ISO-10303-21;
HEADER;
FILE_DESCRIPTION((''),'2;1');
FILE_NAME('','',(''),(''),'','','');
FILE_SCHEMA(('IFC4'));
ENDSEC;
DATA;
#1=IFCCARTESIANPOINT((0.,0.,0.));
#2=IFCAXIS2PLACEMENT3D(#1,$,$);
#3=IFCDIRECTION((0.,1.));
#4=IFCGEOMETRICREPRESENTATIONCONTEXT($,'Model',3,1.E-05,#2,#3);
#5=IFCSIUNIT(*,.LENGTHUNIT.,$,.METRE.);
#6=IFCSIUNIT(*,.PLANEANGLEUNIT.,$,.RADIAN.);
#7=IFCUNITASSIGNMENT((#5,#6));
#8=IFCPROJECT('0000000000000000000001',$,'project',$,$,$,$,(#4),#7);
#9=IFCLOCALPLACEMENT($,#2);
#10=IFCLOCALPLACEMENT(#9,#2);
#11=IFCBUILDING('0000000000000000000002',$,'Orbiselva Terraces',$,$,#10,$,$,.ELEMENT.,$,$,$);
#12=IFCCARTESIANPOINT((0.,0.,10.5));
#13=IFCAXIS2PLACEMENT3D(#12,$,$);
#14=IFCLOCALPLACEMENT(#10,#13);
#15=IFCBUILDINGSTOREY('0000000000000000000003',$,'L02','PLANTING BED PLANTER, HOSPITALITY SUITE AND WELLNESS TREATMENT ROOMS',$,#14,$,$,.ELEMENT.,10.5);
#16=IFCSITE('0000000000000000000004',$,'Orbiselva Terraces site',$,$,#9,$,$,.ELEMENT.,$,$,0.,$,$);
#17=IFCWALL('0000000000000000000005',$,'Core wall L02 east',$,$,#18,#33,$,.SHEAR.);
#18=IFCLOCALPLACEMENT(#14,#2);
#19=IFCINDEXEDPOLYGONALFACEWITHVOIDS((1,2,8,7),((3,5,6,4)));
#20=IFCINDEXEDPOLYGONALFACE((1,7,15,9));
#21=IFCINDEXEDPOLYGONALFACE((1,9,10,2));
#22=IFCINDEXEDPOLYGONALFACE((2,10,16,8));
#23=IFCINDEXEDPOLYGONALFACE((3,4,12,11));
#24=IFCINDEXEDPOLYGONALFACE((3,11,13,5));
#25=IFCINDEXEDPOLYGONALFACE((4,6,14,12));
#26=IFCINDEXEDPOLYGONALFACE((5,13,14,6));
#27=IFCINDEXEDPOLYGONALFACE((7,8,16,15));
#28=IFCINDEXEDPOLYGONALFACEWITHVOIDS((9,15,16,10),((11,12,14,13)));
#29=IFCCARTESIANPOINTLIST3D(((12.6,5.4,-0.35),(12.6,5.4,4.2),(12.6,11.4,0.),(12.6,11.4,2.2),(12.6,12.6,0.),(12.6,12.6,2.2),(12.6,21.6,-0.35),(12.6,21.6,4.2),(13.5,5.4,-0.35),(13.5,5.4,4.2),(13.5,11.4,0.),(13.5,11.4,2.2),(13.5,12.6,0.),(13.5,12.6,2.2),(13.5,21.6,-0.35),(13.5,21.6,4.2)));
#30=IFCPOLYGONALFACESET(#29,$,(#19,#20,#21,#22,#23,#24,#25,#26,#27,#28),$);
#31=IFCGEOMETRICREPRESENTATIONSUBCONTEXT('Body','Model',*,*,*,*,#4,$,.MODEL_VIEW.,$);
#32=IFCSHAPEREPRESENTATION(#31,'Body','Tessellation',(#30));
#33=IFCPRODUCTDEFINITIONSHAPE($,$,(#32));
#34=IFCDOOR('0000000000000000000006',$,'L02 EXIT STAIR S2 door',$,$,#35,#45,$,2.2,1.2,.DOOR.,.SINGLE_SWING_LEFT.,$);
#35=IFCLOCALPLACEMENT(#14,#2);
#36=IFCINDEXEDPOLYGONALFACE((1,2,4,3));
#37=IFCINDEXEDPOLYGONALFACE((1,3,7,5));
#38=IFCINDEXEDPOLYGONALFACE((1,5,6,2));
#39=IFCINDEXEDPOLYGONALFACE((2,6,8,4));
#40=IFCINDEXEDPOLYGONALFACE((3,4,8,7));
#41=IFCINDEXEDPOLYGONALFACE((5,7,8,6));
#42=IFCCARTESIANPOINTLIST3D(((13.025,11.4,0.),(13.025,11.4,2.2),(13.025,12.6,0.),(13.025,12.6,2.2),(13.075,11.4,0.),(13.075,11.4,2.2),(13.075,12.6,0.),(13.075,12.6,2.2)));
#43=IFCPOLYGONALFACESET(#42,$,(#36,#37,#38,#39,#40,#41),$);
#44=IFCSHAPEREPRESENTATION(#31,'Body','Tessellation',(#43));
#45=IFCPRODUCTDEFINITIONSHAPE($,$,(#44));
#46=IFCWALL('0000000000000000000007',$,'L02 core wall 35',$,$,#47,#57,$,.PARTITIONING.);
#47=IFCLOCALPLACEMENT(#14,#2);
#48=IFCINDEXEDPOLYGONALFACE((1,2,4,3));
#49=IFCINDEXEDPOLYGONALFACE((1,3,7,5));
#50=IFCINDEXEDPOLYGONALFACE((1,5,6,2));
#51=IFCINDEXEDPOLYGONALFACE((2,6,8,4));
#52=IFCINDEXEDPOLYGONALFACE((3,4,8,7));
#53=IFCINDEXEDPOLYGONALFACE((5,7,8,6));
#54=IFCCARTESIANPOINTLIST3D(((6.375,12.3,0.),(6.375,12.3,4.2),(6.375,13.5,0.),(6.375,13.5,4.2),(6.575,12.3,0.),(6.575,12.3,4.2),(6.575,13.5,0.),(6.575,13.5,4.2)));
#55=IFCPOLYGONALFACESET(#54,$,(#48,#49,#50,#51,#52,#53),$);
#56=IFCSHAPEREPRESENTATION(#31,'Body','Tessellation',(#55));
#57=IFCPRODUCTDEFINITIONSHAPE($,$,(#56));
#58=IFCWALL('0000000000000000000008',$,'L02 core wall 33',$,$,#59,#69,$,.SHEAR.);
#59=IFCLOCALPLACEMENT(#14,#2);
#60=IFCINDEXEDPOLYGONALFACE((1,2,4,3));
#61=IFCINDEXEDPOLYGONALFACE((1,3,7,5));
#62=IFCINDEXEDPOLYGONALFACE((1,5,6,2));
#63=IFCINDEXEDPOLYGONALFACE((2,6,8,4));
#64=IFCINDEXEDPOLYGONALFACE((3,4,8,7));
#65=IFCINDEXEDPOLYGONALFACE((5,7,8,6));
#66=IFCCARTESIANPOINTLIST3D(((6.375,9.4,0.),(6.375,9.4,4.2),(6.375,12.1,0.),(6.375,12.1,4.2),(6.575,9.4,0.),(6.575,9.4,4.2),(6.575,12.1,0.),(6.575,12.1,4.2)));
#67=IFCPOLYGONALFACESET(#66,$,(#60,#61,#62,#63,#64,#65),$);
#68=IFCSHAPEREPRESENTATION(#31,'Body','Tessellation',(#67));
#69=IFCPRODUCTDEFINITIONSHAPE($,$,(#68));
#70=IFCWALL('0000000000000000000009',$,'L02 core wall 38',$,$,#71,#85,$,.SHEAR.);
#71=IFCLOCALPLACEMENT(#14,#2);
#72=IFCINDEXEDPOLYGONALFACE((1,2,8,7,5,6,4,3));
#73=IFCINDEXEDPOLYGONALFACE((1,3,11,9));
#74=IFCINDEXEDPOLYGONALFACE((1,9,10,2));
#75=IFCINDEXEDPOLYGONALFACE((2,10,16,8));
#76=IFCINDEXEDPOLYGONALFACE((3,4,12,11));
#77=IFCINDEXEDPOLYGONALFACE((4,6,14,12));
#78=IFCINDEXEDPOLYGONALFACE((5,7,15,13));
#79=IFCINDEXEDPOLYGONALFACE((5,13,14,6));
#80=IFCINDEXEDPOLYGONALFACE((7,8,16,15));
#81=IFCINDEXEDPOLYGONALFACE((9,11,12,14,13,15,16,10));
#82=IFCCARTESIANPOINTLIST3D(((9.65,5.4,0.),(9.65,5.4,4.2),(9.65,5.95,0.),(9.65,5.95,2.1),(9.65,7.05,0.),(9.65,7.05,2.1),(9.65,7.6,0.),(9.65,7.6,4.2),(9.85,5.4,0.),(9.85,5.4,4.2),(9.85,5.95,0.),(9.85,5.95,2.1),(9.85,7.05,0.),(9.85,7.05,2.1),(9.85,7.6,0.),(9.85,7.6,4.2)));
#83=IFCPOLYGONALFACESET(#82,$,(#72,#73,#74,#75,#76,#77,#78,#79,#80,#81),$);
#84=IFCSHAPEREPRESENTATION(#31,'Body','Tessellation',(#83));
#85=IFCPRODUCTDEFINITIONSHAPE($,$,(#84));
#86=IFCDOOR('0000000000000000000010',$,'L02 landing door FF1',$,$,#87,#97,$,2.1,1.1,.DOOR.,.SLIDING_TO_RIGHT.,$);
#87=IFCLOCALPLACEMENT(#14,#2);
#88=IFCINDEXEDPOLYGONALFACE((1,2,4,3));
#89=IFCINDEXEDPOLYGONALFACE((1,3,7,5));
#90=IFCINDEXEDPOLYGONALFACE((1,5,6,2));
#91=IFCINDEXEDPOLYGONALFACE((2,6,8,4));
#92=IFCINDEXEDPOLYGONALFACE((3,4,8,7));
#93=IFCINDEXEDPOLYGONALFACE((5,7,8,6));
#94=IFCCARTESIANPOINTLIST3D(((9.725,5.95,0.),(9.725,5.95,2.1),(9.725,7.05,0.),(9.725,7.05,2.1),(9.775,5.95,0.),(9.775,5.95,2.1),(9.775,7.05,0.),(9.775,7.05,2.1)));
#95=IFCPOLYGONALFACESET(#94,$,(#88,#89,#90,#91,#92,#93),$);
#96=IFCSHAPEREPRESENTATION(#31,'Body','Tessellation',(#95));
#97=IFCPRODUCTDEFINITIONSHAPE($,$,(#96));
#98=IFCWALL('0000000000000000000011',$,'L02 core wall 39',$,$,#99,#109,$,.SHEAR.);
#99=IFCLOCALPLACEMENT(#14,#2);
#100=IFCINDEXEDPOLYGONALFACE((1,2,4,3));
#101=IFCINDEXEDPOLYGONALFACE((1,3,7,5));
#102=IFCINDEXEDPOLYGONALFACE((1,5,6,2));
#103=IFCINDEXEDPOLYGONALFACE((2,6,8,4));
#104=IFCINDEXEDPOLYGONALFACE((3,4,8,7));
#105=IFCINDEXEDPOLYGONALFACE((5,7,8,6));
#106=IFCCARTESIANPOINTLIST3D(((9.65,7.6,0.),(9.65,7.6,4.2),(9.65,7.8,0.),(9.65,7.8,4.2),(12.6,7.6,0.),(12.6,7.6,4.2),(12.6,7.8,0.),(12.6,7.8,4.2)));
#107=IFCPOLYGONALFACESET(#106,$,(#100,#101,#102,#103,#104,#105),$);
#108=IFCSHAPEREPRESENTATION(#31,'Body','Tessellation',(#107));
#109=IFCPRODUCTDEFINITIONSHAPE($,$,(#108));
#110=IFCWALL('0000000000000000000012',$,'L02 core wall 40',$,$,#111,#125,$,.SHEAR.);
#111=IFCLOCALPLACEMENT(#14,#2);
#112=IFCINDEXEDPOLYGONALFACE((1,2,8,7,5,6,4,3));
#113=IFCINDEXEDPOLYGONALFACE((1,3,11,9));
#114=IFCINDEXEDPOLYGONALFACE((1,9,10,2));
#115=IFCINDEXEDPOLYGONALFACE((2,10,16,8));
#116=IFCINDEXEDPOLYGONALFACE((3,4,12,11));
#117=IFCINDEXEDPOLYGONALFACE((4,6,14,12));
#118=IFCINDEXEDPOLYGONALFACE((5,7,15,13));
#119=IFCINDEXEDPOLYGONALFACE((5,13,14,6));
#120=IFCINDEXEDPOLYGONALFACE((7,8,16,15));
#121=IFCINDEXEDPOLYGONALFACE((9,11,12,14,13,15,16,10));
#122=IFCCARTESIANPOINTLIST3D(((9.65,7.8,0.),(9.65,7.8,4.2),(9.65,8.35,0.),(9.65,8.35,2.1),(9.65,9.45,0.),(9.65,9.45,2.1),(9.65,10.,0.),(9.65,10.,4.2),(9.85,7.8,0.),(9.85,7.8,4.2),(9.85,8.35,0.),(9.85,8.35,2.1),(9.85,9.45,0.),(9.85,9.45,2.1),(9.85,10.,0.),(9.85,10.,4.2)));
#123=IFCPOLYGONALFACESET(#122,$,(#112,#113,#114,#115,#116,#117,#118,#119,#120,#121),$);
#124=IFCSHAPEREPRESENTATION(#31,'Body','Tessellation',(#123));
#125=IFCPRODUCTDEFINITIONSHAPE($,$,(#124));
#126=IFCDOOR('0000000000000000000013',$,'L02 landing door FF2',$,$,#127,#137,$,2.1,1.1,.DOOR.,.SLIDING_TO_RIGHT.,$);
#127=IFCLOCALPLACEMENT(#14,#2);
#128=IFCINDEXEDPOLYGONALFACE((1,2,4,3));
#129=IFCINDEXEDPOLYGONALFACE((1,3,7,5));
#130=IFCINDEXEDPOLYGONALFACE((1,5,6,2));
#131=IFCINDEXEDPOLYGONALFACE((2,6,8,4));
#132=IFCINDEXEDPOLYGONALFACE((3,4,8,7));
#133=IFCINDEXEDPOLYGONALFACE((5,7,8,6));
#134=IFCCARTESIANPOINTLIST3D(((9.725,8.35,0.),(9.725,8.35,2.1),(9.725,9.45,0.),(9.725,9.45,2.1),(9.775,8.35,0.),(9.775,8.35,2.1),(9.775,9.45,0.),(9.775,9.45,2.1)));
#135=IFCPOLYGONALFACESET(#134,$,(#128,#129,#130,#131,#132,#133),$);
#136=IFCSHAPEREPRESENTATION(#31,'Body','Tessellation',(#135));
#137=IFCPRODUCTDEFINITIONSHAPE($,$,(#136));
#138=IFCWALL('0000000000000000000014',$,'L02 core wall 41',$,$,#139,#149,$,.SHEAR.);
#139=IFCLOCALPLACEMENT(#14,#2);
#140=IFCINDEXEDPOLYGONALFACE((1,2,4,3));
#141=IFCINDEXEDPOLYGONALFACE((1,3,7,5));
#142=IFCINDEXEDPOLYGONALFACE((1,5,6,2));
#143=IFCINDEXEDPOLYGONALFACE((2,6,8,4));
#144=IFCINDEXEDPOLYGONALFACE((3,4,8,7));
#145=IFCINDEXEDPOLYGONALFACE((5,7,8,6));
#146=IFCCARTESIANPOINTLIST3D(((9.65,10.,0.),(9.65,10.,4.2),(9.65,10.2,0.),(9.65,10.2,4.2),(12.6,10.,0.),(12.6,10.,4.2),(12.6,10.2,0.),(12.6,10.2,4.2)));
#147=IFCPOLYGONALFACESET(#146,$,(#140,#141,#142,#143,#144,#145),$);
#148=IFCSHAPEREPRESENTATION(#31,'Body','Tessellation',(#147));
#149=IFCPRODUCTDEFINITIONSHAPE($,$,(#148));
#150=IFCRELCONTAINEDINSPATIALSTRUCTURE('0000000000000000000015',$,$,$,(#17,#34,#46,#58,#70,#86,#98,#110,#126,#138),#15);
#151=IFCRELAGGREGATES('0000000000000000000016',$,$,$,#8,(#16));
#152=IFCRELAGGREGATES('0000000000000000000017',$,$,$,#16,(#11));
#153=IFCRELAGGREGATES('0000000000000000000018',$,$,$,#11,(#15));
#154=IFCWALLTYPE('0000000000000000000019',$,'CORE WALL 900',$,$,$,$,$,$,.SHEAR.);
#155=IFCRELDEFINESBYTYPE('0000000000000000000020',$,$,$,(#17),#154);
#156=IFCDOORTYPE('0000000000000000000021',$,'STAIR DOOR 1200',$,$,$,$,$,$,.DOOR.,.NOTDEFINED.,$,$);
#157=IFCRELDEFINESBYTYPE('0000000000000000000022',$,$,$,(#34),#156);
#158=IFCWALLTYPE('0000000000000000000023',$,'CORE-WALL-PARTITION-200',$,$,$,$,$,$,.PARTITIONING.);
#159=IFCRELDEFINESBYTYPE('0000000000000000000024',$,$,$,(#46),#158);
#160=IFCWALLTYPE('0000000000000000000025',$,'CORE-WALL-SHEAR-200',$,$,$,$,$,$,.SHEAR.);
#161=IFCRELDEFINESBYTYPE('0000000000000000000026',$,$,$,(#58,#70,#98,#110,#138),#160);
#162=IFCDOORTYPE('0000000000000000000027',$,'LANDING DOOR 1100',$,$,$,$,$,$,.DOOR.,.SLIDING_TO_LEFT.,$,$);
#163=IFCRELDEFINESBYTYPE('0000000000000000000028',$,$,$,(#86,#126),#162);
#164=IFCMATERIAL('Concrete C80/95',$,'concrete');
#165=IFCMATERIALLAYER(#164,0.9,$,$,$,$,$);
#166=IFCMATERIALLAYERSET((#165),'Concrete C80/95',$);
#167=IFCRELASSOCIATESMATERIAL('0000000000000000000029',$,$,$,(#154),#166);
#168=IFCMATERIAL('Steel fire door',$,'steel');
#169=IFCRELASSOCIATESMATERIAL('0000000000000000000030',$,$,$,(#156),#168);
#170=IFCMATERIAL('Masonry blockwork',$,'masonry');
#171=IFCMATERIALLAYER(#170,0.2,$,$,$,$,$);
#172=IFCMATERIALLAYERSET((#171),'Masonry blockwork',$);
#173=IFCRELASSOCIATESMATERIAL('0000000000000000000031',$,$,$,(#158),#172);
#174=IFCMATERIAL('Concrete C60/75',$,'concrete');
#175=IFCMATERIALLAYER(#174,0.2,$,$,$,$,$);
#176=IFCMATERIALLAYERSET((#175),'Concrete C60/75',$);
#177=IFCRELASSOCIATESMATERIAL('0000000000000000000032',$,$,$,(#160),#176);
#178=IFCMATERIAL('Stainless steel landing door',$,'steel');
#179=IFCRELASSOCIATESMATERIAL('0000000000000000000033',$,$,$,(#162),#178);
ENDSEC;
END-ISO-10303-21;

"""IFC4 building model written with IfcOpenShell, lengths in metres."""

from ifc_helpers import new_model, si_unit, direction, frame, frame_2d, origin, place, context, subcontext, project, spatial, rectangle, extrude, material, layer, layer_set, type_object, element, fill, save


model = new_model("IFC4")

# Units and contexts
model_context = context("Model", 3, precision=1e-05, world=origin(), true_north=direction((0.0, 1.0)))
body_context = subcontext(model_context, "Body", "Model", "MODEL_VIEW")
ifc_project = project(units=[si_unit("LENGTHUNIT", "METRE"), si_unit("PLANEANGLEUNIT", "RADIAN")], contexts=[model_context])

# Site, building, storey
site_placement = place(None, origin())
site = spatial("IfcSite", under=ifc_project, at=site_placement, Name="Orbiselva Terraces site", CompositionType="ELEMENT", RefElevation=0.0)
building_placement = place(site_placement, origin())
building = spatial("IfcBuilding", under=site, at=building_placement, Name="Orbiselva Terraces", CompositionType="ELEMENT")
storey_placement = place(building_placement, frame((0.0, 0.0, 10.5)))
storey = spatial("IfcBuildingStorey", under=building, at=storey_placement, Name="L02", Description="PLANTING BED PLANTER, HOSPITALITY SUITE AND WELLNESS TREATMENT ROOMS", CompositionType="ELEMENT", Elevation=10.5)

# Wall, opening, door
ifc_material_1 = material(Name="Concrete C80/95", Category="concrete")
ifc_layer_1 = layer(ifc_material_1, 0.9)
ifc_layer_set_1 = layer_set([ifc_layer_1], Name="Concrete C80/95")
wall_type_1 = type_object("IfcWallType", Name="CORE WALL 900", PredefinedType="SHEAR", material=ifc_layer_set_1)
wall_1_placement = place(storey_placement, frame((13.05, 5.4, -0.35), z_axis=(0.0, 0.0, 1.0), x_axis=(0.0, 1.0, 0.0)))
wall_1 = element("IfcWall", 1, at=wall_1_placement, inside=storey, type_object=wall_type_1, Name="Core wall L02 east", PredefinedType="SHEAR", context=body_context, shape_type="SweptSolid", body=[
    extrude(rectangle(XDim=16.2, YDim=0.9, at=frame_2d((8.1, 0.0))), origin(), (0.0, 0.0, 1.0), 4.55),
])
opening_1_placement = place(wall_1_placement, frame((6.0, 0.0, 0.35)))
opening_1 = element("IfcOpeningElement", 2, at=opening_1_placement, cuts=wall_1, PredefinedType="OPENING", context=body_context, shape_type="SweptSolid", body=[
    extrude(rectangle(XDim=1.2, YDim=2.2, at=frame_2d((0.6, 1.1))), frame((0.0, 0.46, 0.0), z_axis=(0.0, -1.0, 0.0), x_axis=(1.0, 0.0, 0.0)), (0.0, 0.0, 1.0), 0.92),
])
ifc_material_2 = material(Name="Steel fire door", Category="steel")
door_type_1 = type_object("IfcDoorType", Name="STAIR DOOR 1200", OperationType="NOTDEFINED", PredefinedType="DOOR", material=ifc_material_2)
door_1_placement = place(opening_1_placement, frame((1.2, 0.0, 0.0), z_axis=(0.0, 0.0, 1.0), x_axis=(-1.0, 0.0, 0.0)))
door_1 = element("IfcDoor", 3, at=door_1_placement, inside=storey, type_object=door_type_1, Name="L02 EXIT STAIR S2 door", OperationType="SINGLE_SWING_LEFT", OverallHeight=2.2, OverallWidth=1.2, PredefinedType="DOOR", context=body_context, shape_type="SweptSolid", body=[
    extrude(rectangle(XDim=1.2, YDim=2.2, at=frame_2d((0.6, 1.1))), frame((0.0, 0.025, 0.0), z_axis=(0.0, -1.0, 0.0), x_axis=(1.0, 0.0, 0.0)), (0.0, 0.0, 1.0), 0.05),
])
fill(opening_1, door_1)

# Walls
ifc_material_3 = material(Name="Masonry blockwork", Category="masonry")
ifc_layer_2 = layer(ifc_material_3, 0.2)
ifc_layer_set_2 = layer_set([ifc_layer_2], Name="Masonry blockwork")
wall_type_2 = type_object("IfcWallType", Name="CORE-WALL-PARTITION-200", PredefinedType="PARTITIONING", material=ifc_layer_set_2)
wall_2_placement = place(storey_placement, frame((6.475, 12.3, 0.0), z_axis=(0.0, 0.0, 1.0), x_axis=(0.0, 1.0, 0.0)))
element("IfcWall", 4, at=wall_2_placement, inside=storey, type_object=wall_type_2, Name="L02 core wall 35", PredefinedType="PARTITIONING", context=body_context, shape_type="SweptSolid", body=[
    extrude(rectangle(XDim=1.2, YDim=0.2, at=frame_2d((0.6, 0.0))), origin(), (0.0, 0.0, 1.0), 4.2),
])
ifc_material_4 = material(Name="Concrete C60/75", Category="concrete")
ifc_layer_3 = layer(ifc_material_4, 0.2)
ifc_layer_set_3 = layer_set([ifc_layer_3], Name="Concrete C60/75")
wall_type_3 = type_object("IfcWallType", Name="CORE-WALL-SHEAR-200", PredefinedType="SHEAR", material=ifc_layer_set_3)
wall_3_placement = place(storey_placement, frame((6.475, 9.4, 0.0), z_axis=(0.0, 0.0, 1.0), x_axis=(0.0, 1.0, 0.0)))
element("IfcWall", 5, at=wall_3_placement, inside=storey, type_object=wall_type_3, Name="L02 core wall 33", PredefinedType="SHEAR", context=body_context, shape_type="SweptSolid", body=[
    extrude(rectangle(XDim=2.7, YDim=0.2, at=frame_2d((1.35, 0.0))), origin(), (0.0, 0.0, 1.0), 4.2),
])

# Wall, opening, door
wall_4_placement = place(storey_placement, frame((9.75, 5.4, 0.0), z_axis=(0.0, 0.0, 1.0), x_axis=(0.0, 1.0, 0.0)))
wall_4 = element("IfcWall", 6, at=wall_4_placement, inside=storey, type_object=wall_type_3, Name="L02 core wall 38", PredefinedType="SHEAR", context=body_context, shape_type="SweptSolid", body=[
    extrude(rectangle(XDim=2.2, YDim=0.2, at=frame_2d((1.1, 0.0))), origin(), (0.0, 0.0, 1.0), 4.2),
])
opening_2_placement = place(wall_4_placement, frame((0.55, 0.0, 0.0)))
opening_2 = element("IfcOpeningElement", 7, at=opening_2_placement, cuts=wall_4, PredefinedType="OPENING", context=body_context, shape_type="SweptSolid", body=[
    extrude(rectangle(XDim=1.1, YDim=2.1, at=frame_2d((0.55, 1.05))), frame((0.0, 0.11, 0.0), z_axis=(0.0, -1.0, 0.0), x_axis=(1.0, 0.0, 0.0)), (0.0, 0.0, 1.0), 0.22),
])
ifc_material_5 = material(Name="Stainless steel landing door", Category="steel")
door_type_2 = type_object("IfcDoorType", Name="LANDING DOOR 1100", OperationType="SLIDING_TO_LEFT", PredefinedType="DOOR", material=ifc_material_5)
door_2_placement = place(opening_2_placement, origin())
door_2 = element("IfcDoor", 8, at=door_2_placement, inside=storey, type_object=door_type_2, Name="L02 landing door FF1", OperationType="SLIDING_TO_RIGHT", OverallHeight=2.1, OverallWidth=1.1, PredefinedType="DOOR", context=body_context, shape_type="SweptSolid", body=[
    extrude(rectangle(XDim=1.1, YDim=2.1, at=frame_2d((0.55, 1.05))), frame((0.0, 0.025, 0.0), z_axis=(0.0, -1.0, 0.0), x_axis=(1.0, 0.0, 0.0)), (0.0, 0.0, 1.0), 0.05),
])
fill(opening_2, door_2)

# Wall
wall_5_placement = place(storey_placement, frame((9.65, 7.7, 0.0), z_axis=(0.0, 0.0, 1.0), x_axis=(1.0, 0.0, 0.0)))
element("IfcWall", 9, at=wall_5_placement, inside=storey, type_object=wall_type_3, Name="L02 core wall 39", PredefinedType="SHEAR", context=body_context, shape_type="SweptSolid", body=[
    extrude(rectangle(XDim=2.95, YDim=0.2, at=frame_2d((1.475, 0.0))), origin(), (0.0, 0.0, 1.0), 4.2),
])

# Wall, opening, door
wall_6_placement = place(storey_placement, frame((9.75, 7.8, 0.0), z_axis=(0.0, 0.0, 1.0), x_axis=(0.0, 1.0, 0.0)))
wall_6 = element("IfcWall", 10, at=wall_6_placement, inside=storey, type_object=wall_type_3, Name="L02 core wall 40", PredefinedType="SHEAR", context=body_context, shape_type="SweptSolid", body=[
    extrude(rectangle(XDim=2.2, YDim=0.2, at=frame_2d((1.1, 0.0))), origin(), (0.0, 0.0, 1.0), 4.2),
])
opening_3_placement = place(wall_6_placement, frame((0.55, 0.0, 0.0)))
opening_3 = element("IfcOpeningElement", 11, at=opening_3_placement, cuts=wall_6, PredefinedType="OPENING", context=body_context, shape_type="SweptSolid", body=[
    extrude(rectangle(XDim=1.1, YDim=2.1, at=frame_2d((0.55, 1.05))), frame((0.0, 0.11, 0.0), z_axis=(0.0, -1.0, 0.0), x_axis=(1.0, 0.0, 0.0)), (0.0, 0.0, 1.0), 0.22),
])
door_3_placement = place(opening_3_placement, origin())
door_3 = element("IfcDoor", 12, at=door_3_placement, inside=storey, type_object=door_type_2, Name="L02 landing door FF2", OperationType="SLIDING_TO_RIGHT", OverallHeight=2.1, OverallWidth=1.1, PredefinedType="DOOR", context=body_context, shape_type="SweptSolid", body=[
    extrude(rectangle(XDim=1.1, YDim=2.1, at=frame_2d((0.55, 1.05))), frame((0.0, 0.025, 0.0), z_axis=(0.0, -1.0, 0.0), x_axis=(1.0, 0.0, 0.0)), (0.0, 0.0, 1.0), 0.05),
])
fill(opening_3, door_3)

# Wall
wall_7_placement = place(storey_placement, frame((9.65, 10.1, 0.0), z_axis=(0.0, 0.0, 1.0), x_axis=(1.0, 0.0, 0.0)))
element("IfcWall", 13, at=wall_7_placement, inside=storey, type_object=wall_type_3, Name="L02 core wall 41", PredefinedType="SHEAR", context=body_context, shape_type="SweptSolid", body=[
    extrude(rectangle(XDim=2.95, YDim=0.2, at=frame_2d((1.475, 0.0))), origin(), (0.0, 0.0, 1.0), 4.2),
])

save(model, "model.ifc")
